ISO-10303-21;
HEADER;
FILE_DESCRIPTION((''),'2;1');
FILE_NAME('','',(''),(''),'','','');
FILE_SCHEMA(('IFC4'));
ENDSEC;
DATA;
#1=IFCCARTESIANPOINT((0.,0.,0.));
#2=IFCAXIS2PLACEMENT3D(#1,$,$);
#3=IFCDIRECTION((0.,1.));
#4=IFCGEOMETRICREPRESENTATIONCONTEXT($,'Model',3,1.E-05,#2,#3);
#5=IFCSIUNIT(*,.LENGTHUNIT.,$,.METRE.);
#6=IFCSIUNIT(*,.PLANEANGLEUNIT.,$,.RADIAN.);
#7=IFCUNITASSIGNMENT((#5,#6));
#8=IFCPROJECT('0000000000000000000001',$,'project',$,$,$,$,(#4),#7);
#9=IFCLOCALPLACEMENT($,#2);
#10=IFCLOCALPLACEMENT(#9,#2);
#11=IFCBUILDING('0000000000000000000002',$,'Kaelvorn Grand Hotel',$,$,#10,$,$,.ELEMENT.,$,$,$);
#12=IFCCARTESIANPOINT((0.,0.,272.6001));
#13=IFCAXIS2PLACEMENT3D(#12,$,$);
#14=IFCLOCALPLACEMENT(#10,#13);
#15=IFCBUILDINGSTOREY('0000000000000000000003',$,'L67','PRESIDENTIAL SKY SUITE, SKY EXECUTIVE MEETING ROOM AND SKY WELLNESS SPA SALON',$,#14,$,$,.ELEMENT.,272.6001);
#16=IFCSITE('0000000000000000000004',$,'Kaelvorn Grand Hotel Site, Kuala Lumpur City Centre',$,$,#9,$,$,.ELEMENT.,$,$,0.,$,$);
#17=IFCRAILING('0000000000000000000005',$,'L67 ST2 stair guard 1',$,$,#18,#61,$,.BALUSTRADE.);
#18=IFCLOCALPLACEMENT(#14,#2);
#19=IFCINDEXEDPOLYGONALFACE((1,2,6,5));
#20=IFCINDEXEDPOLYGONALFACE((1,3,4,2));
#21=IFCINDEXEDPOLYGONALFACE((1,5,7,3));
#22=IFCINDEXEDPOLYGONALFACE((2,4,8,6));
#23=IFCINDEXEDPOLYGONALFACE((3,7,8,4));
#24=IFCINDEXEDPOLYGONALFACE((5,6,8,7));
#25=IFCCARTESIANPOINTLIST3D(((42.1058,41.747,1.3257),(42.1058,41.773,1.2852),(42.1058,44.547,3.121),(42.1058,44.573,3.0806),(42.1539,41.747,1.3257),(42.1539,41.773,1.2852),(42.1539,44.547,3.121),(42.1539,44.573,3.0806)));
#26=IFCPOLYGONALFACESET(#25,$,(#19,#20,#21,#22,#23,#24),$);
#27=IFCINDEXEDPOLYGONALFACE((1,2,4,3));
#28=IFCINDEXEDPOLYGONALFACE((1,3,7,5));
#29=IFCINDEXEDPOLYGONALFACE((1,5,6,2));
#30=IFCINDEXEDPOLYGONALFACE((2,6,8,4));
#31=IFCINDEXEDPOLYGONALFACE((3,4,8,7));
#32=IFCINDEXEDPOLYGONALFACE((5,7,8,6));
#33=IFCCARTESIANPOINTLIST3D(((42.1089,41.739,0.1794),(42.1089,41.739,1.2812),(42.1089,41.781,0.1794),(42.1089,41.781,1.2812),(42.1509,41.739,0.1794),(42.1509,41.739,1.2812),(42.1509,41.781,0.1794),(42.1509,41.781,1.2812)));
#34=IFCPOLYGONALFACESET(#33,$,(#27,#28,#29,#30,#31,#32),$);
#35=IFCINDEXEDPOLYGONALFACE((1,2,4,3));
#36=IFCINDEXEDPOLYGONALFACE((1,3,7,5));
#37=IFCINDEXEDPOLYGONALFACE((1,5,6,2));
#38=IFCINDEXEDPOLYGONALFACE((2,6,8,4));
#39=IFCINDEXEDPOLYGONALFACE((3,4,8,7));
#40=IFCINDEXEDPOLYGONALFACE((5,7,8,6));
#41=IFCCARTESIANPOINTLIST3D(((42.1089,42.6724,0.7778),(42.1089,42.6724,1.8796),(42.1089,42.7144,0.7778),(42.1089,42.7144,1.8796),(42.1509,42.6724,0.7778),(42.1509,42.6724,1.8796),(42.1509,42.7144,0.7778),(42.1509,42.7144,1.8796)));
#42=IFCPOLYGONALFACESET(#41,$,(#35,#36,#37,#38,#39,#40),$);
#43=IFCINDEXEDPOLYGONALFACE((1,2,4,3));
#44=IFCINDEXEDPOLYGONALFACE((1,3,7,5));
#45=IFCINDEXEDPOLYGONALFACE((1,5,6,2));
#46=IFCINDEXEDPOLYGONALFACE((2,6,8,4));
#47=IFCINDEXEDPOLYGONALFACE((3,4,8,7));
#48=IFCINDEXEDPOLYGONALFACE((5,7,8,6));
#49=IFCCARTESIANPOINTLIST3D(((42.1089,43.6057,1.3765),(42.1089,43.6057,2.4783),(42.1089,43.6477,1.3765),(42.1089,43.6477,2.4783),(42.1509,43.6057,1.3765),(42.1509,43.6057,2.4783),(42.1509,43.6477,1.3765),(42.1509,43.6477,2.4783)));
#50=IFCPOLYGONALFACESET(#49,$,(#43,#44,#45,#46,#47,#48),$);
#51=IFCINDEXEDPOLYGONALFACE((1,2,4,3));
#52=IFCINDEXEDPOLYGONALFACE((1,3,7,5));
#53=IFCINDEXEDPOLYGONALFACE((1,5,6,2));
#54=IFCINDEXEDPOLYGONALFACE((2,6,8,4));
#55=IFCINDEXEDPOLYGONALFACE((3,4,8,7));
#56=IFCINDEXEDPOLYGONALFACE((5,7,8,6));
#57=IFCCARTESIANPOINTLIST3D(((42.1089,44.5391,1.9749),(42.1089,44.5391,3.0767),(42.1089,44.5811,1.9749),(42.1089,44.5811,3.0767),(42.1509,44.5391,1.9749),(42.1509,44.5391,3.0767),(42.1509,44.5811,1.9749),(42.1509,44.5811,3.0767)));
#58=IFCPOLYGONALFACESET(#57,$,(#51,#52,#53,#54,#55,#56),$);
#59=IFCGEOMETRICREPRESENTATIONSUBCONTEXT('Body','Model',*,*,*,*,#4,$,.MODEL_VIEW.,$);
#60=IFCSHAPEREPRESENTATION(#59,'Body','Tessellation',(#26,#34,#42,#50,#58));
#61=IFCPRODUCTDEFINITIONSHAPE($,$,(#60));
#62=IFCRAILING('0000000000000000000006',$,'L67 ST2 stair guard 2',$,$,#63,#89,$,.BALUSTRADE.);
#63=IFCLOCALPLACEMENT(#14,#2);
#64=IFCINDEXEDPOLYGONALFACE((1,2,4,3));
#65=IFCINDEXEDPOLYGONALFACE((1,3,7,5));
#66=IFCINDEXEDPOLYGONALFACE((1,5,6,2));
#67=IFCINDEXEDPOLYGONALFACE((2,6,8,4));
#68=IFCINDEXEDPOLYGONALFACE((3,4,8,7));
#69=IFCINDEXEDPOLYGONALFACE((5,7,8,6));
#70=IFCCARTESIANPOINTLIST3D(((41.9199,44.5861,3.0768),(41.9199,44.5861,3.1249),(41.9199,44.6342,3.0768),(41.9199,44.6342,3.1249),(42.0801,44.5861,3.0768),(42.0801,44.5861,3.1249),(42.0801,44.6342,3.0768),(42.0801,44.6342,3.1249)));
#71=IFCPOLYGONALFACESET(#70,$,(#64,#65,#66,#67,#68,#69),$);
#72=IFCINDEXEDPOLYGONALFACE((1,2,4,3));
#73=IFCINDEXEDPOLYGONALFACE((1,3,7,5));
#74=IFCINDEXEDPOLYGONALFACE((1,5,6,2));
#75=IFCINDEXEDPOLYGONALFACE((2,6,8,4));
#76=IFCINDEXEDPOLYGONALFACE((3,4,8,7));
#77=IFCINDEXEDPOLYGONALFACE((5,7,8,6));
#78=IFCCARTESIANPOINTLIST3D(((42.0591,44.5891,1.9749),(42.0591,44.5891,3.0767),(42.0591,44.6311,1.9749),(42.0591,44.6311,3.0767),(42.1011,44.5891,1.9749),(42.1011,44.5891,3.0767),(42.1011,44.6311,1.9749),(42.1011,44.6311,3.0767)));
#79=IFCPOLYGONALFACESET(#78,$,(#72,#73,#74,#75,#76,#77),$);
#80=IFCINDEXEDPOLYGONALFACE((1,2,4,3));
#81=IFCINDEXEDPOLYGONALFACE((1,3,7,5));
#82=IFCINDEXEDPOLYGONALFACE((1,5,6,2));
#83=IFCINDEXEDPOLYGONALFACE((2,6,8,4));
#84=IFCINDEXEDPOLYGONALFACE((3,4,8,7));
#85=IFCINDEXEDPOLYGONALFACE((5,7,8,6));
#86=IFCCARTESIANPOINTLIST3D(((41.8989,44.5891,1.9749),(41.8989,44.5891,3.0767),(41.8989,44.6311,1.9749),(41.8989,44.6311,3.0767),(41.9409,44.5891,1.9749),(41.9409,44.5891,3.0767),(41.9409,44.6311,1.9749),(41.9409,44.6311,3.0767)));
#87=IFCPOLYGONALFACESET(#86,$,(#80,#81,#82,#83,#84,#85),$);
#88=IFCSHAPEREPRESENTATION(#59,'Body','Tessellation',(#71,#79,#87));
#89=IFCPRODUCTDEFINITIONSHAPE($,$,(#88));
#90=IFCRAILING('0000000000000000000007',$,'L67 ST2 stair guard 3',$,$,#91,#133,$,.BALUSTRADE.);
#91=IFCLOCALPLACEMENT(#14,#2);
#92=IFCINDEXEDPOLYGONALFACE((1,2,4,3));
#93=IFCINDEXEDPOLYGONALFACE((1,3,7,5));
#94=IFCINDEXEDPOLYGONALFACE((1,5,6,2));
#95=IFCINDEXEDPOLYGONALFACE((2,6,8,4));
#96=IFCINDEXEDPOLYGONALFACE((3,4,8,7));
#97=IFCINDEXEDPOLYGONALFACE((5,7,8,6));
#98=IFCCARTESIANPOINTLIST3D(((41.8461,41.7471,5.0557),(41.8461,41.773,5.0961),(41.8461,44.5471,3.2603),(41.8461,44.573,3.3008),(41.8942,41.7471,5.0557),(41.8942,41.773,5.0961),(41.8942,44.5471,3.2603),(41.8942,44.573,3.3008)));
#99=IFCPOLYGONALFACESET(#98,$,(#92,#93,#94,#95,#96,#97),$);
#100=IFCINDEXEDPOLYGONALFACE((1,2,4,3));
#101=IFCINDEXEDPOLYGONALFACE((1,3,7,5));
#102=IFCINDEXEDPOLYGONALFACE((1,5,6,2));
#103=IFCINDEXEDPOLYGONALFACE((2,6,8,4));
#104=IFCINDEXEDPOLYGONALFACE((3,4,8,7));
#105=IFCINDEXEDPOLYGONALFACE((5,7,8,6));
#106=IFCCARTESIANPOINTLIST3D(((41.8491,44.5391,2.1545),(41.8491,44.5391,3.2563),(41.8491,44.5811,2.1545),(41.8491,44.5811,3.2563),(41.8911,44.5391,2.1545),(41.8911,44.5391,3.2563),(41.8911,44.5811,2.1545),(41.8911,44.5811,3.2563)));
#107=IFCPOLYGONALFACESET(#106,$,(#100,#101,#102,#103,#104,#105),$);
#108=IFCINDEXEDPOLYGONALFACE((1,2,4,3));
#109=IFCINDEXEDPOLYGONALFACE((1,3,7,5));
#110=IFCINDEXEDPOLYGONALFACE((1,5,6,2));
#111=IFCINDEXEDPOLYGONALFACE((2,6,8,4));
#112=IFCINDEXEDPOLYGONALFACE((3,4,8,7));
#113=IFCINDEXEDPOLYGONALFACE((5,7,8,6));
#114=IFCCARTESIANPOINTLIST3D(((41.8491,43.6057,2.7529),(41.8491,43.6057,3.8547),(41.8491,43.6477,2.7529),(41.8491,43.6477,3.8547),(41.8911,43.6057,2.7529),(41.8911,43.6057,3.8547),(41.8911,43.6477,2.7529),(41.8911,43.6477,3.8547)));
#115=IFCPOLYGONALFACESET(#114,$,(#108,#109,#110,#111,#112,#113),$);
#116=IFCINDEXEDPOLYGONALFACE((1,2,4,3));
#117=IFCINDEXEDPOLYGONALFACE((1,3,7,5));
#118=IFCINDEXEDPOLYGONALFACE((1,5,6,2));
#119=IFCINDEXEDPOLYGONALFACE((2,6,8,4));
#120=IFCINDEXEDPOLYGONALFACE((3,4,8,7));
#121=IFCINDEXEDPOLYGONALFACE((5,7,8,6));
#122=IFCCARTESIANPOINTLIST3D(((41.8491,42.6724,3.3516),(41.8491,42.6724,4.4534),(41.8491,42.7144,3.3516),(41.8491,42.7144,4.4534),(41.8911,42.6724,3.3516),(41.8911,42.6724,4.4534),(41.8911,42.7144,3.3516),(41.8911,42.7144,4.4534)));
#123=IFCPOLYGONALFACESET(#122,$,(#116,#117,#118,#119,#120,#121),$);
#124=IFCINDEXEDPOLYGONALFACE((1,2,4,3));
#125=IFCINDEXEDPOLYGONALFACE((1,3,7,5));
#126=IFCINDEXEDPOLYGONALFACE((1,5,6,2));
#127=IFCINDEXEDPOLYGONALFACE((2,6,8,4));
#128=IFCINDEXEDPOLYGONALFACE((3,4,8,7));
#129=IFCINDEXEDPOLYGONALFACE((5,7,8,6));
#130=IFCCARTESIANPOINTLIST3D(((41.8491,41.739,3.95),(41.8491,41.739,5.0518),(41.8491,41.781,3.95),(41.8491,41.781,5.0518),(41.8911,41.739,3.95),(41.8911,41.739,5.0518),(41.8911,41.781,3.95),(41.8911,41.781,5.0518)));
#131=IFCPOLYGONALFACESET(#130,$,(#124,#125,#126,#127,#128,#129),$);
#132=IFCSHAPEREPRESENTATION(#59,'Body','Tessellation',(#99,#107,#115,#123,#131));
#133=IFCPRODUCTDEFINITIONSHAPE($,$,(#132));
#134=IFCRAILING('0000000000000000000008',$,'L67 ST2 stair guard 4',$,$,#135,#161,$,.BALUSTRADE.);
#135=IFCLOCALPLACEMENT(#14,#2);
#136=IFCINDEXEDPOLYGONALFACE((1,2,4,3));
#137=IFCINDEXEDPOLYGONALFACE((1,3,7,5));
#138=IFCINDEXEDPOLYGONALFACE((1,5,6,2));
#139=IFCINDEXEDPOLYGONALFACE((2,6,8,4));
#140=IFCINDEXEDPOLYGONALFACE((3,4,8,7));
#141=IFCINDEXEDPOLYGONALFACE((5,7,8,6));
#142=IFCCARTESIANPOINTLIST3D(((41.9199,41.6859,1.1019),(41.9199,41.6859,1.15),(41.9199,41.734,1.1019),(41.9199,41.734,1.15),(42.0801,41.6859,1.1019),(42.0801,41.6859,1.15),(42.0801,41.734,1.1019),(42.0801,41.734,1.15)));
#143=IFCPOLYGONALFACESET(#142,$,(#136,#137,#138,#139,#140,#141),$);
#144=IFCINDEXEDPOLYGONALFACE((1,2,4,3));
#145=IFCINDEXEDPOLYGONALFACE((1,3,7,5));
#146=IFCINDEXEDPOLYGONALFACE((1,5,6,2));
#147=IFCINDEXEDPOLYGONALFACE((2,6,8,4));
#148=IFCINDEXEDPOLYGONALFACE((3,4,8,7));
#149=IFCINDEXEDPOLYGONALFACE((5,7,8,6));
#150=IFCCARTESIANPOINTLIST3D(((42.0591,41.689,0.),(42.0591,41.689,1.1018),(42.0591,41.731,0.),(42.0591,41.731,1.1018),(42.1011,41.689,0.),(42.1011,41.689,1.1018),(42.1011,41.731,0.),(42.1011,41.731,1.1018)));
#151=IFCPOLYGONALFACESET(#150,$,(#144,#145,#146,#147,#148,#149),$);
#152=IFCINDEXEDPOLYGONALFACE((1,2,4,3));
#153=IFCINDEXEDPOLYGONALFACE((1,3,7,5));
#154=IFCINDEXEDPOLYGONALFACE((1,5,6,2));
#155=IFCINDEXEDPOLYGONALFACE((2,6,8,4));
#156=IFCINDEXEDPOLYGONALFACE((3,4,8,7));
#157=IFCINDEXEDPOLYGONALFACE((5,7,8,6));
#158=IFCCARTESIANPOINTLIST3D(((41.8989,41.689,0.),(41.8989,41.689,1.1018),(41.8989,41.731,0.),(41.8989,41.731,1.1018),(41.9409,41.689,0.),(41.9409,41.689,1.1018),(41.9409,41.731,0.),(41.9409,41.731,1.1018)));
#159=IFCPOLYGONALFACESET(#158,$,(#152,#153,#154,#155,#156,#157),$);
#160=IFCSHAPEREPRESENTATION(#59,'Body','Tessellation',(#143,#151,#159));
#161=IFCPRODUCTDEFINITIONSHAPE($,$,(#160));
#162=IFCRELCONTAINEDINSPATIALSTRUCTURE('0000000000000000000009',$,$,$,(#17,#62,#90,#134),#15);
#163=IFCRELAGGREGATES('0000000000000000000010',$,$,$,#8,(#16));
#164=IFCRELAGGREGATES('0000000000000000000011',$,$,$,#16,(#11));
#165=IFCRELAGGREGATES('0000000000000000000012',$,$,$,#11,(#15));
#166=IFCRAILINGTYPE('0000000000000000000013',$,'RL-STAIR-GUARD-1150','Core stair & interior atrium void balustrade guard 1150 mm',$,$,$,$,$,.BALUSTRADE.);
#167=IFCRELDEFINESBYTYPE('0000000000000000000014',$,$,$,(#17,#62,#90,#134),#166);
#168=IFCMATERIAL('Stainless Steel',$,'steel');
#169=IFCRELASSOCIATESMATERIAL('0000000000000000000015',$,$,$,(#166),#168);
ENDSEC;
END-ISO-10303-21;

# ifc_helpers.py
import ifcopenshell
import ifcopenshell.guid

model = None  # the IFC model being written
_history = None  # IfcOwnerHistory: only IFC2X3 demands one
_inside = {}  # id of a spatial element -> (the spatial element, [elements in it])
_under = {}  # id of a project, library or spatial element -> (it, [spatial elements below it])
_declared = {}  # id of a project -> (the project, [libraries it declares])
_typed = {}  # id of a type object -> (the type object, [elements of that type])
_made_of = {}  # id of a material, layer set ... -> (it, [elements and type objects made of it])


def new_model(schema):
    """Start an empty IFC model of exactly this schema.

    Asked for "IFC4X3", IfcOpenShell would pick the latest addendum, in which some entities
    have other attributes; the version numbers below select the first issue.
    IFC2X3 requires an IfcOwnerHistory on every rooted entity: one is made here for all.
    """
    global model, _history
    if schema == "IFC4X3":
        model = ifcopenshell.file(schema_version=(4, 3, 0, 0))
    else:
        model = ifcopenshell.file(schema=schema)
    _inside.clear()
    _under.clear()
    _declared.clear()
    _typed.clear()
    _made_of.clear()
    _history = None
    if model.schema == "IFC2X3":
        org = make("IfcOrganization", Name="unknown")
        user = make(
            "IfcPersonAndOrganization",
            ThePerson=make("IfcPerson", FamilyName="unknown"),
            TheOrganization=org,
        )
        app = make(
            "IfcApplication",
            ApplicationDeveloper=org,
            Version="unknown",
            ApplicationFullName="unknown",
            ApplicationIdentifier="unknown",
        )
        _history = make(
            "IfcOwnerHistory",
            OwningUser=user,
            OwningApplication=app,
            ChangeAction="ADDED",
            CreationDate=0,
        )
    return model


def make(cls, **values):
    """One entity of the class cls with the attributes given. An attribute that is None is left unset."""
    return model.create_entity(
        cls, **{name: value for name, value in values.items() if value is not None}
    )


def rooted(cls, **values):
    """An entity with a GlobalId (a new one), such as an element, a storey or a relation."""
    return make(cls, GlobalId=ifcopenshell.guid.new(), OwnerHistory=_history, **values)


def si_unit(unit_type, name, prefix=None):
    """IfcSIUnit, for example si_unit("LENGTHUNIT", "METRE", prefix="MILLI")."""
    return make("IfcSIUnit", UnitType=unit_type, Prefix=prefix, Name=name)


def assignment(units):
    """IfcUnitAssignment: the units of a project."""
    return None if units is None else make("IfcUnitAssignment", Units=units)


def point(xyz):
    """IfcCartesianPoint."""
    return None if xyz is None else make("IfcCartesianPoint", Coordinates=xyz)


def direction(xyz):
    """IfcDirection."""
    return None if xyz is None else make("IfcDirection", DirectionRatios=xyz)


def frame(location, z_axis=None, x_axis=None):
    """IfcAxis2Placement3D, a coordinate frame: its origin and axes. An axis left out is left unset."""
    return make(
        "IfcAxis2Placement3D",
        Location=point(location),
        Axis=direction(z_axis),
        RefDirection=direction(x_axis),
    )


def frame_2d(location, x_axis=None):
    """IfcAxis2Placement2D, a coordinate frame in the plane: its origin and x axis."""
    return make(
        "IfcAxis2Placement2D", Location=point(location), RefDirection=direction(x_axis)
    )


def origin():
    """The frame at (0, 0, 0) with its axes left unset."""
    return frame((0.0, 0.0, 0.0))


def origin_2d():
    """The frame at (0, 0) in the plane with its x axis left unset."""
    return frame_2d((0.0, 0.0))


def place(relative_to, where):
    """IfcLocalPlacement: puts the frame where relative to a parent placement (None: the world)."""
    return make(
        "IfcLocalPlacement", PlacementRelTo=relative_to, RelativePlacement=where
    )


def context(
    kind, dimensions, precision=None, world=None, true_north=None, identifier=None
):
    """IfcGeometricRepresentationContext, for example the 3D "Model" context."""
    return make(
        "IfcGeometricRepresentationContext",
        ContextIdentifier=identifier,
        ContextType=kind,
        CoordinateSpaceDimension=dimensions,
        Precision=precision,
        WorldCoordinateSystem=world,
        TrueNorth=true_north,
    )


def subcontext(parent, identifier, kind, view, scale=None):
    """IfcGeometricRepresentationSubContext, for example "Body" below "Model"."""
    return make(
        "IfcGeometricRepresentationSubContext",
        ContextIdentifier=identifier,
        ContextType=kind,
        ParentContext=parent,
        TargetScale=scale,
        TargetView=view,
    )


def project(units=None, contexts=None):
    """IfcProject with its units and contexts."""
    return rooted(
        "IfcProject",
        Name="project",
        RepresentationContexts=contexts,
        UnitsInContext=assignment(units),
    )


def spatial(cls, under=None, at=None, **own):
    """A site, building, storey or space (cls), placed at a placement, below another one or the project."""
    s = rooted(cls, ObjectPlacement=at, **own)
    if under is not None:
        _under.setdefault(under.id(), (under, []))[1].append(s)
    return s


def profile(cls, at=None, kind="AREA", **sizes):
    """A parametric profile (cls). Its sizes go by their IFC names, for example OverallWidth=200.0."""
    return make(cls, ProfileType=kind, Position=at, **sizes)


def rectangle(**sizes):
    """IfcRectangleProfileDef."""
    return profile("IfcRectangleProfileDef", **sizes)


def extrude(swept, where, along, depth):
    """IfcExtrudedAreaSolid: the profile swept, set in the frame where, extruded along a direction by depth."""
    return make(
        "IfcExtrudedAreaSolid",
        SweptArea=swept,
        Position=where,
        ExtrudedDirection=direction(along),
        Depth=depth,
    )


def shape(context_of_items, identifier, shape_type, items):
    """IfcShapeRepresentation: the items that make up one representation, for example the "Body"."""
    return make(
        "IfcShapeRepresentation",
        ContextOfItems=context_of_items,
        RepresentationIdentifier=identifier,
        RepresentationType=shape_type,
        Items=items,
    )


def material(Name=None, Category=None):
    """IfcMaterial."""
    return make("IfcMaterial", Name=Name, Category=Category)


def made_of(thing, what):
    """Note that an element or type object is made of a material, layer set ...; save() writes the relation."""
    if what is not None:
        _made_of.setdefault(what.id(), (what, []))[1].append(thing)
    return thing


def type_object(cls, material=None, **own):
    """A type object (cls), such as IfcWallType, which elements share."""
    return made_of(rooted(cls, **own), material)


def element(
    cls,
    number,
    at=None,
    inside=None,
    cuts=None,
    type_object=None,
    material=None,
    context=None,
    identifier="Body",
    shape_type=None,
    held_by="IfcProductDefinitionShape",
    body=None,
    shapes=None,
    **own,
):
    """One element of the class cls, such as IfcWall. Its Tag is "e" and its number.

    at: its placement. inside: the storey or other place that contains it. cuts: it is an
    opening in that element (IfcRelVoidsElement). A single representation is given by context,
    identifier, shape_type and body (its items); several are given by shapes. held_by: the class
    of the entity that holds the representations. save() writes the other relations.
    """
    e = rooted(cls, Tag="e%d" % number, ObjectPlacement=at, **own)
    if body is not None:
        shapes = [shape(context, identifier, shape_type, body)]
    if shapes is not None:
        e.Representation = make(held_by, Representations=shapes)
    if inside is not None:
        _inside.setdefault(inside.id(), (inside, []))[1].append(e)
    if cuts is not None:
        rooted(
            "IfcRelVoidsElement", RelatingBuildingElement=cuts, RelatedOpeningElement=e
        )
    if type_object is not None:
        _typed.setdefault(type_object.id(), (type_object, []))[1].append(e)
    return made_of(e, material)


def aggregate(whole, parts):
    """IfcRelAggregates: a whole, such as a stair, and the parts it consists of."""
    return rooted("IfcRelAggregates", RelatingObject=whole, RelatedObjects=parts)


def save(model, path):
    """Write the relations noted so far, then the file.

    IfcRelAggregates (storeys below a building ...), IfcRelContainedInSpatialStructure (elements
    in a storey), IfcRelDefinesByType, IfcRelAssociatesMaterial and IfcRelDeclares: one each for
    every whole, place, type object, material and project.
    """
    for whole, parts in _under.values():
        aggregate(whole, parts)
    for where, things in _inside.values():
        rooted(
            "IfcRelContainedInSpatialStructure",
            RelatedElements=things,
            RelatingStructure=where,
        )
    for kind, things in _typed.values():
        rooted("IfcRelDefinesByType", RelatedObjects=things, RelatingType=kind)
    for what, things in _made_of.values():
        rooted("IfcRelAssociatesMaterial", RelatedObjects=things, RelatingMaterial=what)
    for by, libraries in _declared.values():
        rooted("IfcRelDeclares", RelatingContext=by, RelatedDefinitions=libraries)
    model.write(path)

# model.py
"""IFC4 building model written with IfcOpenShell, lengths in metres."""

from ifc_helpers import new_model, si_unit, direction, frame, origin, origin_2d, place, context, subcontext, project, spatial, rectangle, extrude, material, type_object, element, save


model = new_model("IFC4")

# Units and contexts
model_context = context("Model", 3, precision=1e-05, world=origin(), true_north=direction((0.0, 1.0)))
body_context = subcontext(model_context, "Body", "Model", "MODEL_VIEW")
ifc_project = project(units=[si_unit("LENGTHUNIT", "METRE"), si_unit("PLANEANGLEUNIT", "RADIAN")], contexts=[model_context])

# Site, building, storey
site_placement = place(None, origin())
site = spatial("IfcSite", under=ifc_project, at=site_placement, Name="Kaelvorn Grand Hotel Site, Kuala Lumpur City Centre", CompositionType="ELEMENT", RefElevation=0.0)
building_placement = place(site_placement, origin())
building = spatial("IfcBuilding", under=site, at=building_placement, Name="Kaelvorn Grand Hotel", CompositionType="ELEMENT")
storey_placement = place(building_placement, frame((0.0, 0.0, 272.6001)))
storey = spatial("IfcBuildingStorey", under=building, at=storey_placement, Name="L67", Description="PRESIDENTIAL SKY SUITE, SKY EXECUTIVE MEETING ROOM AND SKY WELLNESS SPA SALON", CompositionType="ELEMENT", Elevation=272.6001)

# Railings
ifc_material_1 = material(Name="Stainless Steel", Category="steel")
railing_type_1 = type_object("IfcRailingType", Name="RL-STAIR-GUARD-1150", Description="Core stair & interior atrium void balustrade guard 1150 mm", PredefinedType="BALUSTRADE", material=ifc_material_1)
railing_1_placement = place(storey_placement, frame((42.1299, 41.76, 0.1794)))
element("IfcRailing", 1, at=railing_1_placement, inside=storey, type_object=railing_type_1, Name="L67 ST2 stair guard 1", PredefinedType="BALUSTRADE", context=body_context, shape_type="SweptSolid", body=[
    extrude(rectangle(XDim=0.0481, YDim=0.0481, at=origin_2d()), frame((0.0, 0.0, 1.126), z_axis=(0.0, 0.84181, 0.539774), x_axis=(-1.0, 0.0, 0.0)), (0.0, 0.0, 1.0), 3.3262),
    extrude(rectangle(XDim=0.042, YDim=0.042, at=origin_2d()), origin(), (0.0, 0.0, 1.0), 1.1018),
    extrude(rectangle(XDim=0.042, YDim=0.042, at=origin_2d()), frame((0.0, 0.9333, 0.5984)), (0.0, 0.0, 1.0), 1.1018),
    extrude(rectangle(XDim=0.042, YDim=0.042, at=origin_2d()), frame((0.0, 1.8667, 1.197)), (0.0, 0.0, 1.0), 1.1018),
    extrude(rectangle(XDim=0.042, YDim=0.042, at=origin_2d()), frame((0.0, 2.8, 1.7954)), (0.0, 0.0, 1.0), 1.1018),
])
railing_2_placement = place(storey_placement, frame((42.0801, 44.6101, 1.9749)))
element("IfcRailing", 2, at=railing_2_placement, inside=storey, type_object=railing_type_1, Name="L67 ST2 stair guard 2", PredefinedType="BALUSTRADE", context=body_context, shape_type="SweptSolid", body=[
    extrude(rectangle(XDim=0.0481, YDim=0.0481, at=origin_2d()), frame((0.0, 0.0, 1.126), z_axis=(-1.0, 0.0, 0.0), x_axis=(0.0, -1.0, 0.0)), (0.0, 0.0, 1.0), 0.1602),
    extrude(rectangle(XDim=0.042, YDim=0.042, at=origin_2d()), origin(), (0.0, 0.0, 1.0), 1.1018),
    extrude(rectangle(XDim=0.042, YDim=0.042, at=origin_2d()), frame((-0.1602, 0.0, 0.0)), (0.0, 0.0, 1.0), 1.1018),
])
railing_3_placement = place(storey_placement, frame((41.8701, 44.5601, 2.1545)))
element("IfcRailing", 3, at=railing_3_placement, inside=storey, type_object=railing_type_1, Name="L67 ST2 stair guard 3", PredefinedType="BALUSTRADE", context=body_context, shape_type="SweptSolid", body=[
    extrude(rectangle(XDim=0.0481, YDim=0.0481, at=origin_2d()), frame((0.0, 0.0, 1.126), z_axis=(0.0, -0.84181, 0.539774), x_axis=(1.0, 0.0, 0.0)), (0.0, 0.0, 1.0), 3.3262),
    extrude(rectangle(XDim=0.042, YDim=0.042, at=origin_2d()), origin(), (0.0, 0.0, 1.0), 1.1018),
    extrude(rectangle(XDim=0.042, YDim=0.042, at=origin_2d()), frame((0.0, -0.9333, 0.5984)), (0.0, 0.0, 1.0), 1.1018),
    extrude(rectangle(XDim=0.042, YDim=0.042, at=origin_2d()), frame((0.0, -1.8667, 1.197)), (0.0, 0.0, 1.0), 1.1018),
    extrude(rectangle(XDim=0.042, YDim=0.042, at=origin_2d()), frame((0.0, -2.8, 1.7954)), (0.0, 0.0, 1.0), 1.1018),
])
railing_4_placement = place(storey_placement, frame((42.0801, 41.71, 0.0)))
element("IfcRailing", 4, at=railing_4_placement, inside=storey, type_object=railing_type_1, Name="L67 ST2 stair guard 4", PredefinedType="BALUSTRADE", context=body_context, shape_type="SweptSolid", body=[
    extrude(rectangle(XDim=0.0481, YDim=0.0481, at=origin_2d()), frame((0.0, 0.0, 1.126), z_axis=(-1.0, 0.0, 0.0), x_axis=(0.0, -1.0, 0.0)), (0.0, 0.0, 1.0), 0.1602),
    extrude(rectangle(XDim=0.042, YDim=0.042, at=origin_2d()), origin(), (0.0, 0.0, 1.0), 1.1018),
    extrude(rectangle(XDim=0.042, YDim=0.042, at=origin_2d()), frame((-0.1602, 0.0, 0.0)), (0.0, 0.0, 1.0), 1.1018),
])

save(model, "model.ifc")
